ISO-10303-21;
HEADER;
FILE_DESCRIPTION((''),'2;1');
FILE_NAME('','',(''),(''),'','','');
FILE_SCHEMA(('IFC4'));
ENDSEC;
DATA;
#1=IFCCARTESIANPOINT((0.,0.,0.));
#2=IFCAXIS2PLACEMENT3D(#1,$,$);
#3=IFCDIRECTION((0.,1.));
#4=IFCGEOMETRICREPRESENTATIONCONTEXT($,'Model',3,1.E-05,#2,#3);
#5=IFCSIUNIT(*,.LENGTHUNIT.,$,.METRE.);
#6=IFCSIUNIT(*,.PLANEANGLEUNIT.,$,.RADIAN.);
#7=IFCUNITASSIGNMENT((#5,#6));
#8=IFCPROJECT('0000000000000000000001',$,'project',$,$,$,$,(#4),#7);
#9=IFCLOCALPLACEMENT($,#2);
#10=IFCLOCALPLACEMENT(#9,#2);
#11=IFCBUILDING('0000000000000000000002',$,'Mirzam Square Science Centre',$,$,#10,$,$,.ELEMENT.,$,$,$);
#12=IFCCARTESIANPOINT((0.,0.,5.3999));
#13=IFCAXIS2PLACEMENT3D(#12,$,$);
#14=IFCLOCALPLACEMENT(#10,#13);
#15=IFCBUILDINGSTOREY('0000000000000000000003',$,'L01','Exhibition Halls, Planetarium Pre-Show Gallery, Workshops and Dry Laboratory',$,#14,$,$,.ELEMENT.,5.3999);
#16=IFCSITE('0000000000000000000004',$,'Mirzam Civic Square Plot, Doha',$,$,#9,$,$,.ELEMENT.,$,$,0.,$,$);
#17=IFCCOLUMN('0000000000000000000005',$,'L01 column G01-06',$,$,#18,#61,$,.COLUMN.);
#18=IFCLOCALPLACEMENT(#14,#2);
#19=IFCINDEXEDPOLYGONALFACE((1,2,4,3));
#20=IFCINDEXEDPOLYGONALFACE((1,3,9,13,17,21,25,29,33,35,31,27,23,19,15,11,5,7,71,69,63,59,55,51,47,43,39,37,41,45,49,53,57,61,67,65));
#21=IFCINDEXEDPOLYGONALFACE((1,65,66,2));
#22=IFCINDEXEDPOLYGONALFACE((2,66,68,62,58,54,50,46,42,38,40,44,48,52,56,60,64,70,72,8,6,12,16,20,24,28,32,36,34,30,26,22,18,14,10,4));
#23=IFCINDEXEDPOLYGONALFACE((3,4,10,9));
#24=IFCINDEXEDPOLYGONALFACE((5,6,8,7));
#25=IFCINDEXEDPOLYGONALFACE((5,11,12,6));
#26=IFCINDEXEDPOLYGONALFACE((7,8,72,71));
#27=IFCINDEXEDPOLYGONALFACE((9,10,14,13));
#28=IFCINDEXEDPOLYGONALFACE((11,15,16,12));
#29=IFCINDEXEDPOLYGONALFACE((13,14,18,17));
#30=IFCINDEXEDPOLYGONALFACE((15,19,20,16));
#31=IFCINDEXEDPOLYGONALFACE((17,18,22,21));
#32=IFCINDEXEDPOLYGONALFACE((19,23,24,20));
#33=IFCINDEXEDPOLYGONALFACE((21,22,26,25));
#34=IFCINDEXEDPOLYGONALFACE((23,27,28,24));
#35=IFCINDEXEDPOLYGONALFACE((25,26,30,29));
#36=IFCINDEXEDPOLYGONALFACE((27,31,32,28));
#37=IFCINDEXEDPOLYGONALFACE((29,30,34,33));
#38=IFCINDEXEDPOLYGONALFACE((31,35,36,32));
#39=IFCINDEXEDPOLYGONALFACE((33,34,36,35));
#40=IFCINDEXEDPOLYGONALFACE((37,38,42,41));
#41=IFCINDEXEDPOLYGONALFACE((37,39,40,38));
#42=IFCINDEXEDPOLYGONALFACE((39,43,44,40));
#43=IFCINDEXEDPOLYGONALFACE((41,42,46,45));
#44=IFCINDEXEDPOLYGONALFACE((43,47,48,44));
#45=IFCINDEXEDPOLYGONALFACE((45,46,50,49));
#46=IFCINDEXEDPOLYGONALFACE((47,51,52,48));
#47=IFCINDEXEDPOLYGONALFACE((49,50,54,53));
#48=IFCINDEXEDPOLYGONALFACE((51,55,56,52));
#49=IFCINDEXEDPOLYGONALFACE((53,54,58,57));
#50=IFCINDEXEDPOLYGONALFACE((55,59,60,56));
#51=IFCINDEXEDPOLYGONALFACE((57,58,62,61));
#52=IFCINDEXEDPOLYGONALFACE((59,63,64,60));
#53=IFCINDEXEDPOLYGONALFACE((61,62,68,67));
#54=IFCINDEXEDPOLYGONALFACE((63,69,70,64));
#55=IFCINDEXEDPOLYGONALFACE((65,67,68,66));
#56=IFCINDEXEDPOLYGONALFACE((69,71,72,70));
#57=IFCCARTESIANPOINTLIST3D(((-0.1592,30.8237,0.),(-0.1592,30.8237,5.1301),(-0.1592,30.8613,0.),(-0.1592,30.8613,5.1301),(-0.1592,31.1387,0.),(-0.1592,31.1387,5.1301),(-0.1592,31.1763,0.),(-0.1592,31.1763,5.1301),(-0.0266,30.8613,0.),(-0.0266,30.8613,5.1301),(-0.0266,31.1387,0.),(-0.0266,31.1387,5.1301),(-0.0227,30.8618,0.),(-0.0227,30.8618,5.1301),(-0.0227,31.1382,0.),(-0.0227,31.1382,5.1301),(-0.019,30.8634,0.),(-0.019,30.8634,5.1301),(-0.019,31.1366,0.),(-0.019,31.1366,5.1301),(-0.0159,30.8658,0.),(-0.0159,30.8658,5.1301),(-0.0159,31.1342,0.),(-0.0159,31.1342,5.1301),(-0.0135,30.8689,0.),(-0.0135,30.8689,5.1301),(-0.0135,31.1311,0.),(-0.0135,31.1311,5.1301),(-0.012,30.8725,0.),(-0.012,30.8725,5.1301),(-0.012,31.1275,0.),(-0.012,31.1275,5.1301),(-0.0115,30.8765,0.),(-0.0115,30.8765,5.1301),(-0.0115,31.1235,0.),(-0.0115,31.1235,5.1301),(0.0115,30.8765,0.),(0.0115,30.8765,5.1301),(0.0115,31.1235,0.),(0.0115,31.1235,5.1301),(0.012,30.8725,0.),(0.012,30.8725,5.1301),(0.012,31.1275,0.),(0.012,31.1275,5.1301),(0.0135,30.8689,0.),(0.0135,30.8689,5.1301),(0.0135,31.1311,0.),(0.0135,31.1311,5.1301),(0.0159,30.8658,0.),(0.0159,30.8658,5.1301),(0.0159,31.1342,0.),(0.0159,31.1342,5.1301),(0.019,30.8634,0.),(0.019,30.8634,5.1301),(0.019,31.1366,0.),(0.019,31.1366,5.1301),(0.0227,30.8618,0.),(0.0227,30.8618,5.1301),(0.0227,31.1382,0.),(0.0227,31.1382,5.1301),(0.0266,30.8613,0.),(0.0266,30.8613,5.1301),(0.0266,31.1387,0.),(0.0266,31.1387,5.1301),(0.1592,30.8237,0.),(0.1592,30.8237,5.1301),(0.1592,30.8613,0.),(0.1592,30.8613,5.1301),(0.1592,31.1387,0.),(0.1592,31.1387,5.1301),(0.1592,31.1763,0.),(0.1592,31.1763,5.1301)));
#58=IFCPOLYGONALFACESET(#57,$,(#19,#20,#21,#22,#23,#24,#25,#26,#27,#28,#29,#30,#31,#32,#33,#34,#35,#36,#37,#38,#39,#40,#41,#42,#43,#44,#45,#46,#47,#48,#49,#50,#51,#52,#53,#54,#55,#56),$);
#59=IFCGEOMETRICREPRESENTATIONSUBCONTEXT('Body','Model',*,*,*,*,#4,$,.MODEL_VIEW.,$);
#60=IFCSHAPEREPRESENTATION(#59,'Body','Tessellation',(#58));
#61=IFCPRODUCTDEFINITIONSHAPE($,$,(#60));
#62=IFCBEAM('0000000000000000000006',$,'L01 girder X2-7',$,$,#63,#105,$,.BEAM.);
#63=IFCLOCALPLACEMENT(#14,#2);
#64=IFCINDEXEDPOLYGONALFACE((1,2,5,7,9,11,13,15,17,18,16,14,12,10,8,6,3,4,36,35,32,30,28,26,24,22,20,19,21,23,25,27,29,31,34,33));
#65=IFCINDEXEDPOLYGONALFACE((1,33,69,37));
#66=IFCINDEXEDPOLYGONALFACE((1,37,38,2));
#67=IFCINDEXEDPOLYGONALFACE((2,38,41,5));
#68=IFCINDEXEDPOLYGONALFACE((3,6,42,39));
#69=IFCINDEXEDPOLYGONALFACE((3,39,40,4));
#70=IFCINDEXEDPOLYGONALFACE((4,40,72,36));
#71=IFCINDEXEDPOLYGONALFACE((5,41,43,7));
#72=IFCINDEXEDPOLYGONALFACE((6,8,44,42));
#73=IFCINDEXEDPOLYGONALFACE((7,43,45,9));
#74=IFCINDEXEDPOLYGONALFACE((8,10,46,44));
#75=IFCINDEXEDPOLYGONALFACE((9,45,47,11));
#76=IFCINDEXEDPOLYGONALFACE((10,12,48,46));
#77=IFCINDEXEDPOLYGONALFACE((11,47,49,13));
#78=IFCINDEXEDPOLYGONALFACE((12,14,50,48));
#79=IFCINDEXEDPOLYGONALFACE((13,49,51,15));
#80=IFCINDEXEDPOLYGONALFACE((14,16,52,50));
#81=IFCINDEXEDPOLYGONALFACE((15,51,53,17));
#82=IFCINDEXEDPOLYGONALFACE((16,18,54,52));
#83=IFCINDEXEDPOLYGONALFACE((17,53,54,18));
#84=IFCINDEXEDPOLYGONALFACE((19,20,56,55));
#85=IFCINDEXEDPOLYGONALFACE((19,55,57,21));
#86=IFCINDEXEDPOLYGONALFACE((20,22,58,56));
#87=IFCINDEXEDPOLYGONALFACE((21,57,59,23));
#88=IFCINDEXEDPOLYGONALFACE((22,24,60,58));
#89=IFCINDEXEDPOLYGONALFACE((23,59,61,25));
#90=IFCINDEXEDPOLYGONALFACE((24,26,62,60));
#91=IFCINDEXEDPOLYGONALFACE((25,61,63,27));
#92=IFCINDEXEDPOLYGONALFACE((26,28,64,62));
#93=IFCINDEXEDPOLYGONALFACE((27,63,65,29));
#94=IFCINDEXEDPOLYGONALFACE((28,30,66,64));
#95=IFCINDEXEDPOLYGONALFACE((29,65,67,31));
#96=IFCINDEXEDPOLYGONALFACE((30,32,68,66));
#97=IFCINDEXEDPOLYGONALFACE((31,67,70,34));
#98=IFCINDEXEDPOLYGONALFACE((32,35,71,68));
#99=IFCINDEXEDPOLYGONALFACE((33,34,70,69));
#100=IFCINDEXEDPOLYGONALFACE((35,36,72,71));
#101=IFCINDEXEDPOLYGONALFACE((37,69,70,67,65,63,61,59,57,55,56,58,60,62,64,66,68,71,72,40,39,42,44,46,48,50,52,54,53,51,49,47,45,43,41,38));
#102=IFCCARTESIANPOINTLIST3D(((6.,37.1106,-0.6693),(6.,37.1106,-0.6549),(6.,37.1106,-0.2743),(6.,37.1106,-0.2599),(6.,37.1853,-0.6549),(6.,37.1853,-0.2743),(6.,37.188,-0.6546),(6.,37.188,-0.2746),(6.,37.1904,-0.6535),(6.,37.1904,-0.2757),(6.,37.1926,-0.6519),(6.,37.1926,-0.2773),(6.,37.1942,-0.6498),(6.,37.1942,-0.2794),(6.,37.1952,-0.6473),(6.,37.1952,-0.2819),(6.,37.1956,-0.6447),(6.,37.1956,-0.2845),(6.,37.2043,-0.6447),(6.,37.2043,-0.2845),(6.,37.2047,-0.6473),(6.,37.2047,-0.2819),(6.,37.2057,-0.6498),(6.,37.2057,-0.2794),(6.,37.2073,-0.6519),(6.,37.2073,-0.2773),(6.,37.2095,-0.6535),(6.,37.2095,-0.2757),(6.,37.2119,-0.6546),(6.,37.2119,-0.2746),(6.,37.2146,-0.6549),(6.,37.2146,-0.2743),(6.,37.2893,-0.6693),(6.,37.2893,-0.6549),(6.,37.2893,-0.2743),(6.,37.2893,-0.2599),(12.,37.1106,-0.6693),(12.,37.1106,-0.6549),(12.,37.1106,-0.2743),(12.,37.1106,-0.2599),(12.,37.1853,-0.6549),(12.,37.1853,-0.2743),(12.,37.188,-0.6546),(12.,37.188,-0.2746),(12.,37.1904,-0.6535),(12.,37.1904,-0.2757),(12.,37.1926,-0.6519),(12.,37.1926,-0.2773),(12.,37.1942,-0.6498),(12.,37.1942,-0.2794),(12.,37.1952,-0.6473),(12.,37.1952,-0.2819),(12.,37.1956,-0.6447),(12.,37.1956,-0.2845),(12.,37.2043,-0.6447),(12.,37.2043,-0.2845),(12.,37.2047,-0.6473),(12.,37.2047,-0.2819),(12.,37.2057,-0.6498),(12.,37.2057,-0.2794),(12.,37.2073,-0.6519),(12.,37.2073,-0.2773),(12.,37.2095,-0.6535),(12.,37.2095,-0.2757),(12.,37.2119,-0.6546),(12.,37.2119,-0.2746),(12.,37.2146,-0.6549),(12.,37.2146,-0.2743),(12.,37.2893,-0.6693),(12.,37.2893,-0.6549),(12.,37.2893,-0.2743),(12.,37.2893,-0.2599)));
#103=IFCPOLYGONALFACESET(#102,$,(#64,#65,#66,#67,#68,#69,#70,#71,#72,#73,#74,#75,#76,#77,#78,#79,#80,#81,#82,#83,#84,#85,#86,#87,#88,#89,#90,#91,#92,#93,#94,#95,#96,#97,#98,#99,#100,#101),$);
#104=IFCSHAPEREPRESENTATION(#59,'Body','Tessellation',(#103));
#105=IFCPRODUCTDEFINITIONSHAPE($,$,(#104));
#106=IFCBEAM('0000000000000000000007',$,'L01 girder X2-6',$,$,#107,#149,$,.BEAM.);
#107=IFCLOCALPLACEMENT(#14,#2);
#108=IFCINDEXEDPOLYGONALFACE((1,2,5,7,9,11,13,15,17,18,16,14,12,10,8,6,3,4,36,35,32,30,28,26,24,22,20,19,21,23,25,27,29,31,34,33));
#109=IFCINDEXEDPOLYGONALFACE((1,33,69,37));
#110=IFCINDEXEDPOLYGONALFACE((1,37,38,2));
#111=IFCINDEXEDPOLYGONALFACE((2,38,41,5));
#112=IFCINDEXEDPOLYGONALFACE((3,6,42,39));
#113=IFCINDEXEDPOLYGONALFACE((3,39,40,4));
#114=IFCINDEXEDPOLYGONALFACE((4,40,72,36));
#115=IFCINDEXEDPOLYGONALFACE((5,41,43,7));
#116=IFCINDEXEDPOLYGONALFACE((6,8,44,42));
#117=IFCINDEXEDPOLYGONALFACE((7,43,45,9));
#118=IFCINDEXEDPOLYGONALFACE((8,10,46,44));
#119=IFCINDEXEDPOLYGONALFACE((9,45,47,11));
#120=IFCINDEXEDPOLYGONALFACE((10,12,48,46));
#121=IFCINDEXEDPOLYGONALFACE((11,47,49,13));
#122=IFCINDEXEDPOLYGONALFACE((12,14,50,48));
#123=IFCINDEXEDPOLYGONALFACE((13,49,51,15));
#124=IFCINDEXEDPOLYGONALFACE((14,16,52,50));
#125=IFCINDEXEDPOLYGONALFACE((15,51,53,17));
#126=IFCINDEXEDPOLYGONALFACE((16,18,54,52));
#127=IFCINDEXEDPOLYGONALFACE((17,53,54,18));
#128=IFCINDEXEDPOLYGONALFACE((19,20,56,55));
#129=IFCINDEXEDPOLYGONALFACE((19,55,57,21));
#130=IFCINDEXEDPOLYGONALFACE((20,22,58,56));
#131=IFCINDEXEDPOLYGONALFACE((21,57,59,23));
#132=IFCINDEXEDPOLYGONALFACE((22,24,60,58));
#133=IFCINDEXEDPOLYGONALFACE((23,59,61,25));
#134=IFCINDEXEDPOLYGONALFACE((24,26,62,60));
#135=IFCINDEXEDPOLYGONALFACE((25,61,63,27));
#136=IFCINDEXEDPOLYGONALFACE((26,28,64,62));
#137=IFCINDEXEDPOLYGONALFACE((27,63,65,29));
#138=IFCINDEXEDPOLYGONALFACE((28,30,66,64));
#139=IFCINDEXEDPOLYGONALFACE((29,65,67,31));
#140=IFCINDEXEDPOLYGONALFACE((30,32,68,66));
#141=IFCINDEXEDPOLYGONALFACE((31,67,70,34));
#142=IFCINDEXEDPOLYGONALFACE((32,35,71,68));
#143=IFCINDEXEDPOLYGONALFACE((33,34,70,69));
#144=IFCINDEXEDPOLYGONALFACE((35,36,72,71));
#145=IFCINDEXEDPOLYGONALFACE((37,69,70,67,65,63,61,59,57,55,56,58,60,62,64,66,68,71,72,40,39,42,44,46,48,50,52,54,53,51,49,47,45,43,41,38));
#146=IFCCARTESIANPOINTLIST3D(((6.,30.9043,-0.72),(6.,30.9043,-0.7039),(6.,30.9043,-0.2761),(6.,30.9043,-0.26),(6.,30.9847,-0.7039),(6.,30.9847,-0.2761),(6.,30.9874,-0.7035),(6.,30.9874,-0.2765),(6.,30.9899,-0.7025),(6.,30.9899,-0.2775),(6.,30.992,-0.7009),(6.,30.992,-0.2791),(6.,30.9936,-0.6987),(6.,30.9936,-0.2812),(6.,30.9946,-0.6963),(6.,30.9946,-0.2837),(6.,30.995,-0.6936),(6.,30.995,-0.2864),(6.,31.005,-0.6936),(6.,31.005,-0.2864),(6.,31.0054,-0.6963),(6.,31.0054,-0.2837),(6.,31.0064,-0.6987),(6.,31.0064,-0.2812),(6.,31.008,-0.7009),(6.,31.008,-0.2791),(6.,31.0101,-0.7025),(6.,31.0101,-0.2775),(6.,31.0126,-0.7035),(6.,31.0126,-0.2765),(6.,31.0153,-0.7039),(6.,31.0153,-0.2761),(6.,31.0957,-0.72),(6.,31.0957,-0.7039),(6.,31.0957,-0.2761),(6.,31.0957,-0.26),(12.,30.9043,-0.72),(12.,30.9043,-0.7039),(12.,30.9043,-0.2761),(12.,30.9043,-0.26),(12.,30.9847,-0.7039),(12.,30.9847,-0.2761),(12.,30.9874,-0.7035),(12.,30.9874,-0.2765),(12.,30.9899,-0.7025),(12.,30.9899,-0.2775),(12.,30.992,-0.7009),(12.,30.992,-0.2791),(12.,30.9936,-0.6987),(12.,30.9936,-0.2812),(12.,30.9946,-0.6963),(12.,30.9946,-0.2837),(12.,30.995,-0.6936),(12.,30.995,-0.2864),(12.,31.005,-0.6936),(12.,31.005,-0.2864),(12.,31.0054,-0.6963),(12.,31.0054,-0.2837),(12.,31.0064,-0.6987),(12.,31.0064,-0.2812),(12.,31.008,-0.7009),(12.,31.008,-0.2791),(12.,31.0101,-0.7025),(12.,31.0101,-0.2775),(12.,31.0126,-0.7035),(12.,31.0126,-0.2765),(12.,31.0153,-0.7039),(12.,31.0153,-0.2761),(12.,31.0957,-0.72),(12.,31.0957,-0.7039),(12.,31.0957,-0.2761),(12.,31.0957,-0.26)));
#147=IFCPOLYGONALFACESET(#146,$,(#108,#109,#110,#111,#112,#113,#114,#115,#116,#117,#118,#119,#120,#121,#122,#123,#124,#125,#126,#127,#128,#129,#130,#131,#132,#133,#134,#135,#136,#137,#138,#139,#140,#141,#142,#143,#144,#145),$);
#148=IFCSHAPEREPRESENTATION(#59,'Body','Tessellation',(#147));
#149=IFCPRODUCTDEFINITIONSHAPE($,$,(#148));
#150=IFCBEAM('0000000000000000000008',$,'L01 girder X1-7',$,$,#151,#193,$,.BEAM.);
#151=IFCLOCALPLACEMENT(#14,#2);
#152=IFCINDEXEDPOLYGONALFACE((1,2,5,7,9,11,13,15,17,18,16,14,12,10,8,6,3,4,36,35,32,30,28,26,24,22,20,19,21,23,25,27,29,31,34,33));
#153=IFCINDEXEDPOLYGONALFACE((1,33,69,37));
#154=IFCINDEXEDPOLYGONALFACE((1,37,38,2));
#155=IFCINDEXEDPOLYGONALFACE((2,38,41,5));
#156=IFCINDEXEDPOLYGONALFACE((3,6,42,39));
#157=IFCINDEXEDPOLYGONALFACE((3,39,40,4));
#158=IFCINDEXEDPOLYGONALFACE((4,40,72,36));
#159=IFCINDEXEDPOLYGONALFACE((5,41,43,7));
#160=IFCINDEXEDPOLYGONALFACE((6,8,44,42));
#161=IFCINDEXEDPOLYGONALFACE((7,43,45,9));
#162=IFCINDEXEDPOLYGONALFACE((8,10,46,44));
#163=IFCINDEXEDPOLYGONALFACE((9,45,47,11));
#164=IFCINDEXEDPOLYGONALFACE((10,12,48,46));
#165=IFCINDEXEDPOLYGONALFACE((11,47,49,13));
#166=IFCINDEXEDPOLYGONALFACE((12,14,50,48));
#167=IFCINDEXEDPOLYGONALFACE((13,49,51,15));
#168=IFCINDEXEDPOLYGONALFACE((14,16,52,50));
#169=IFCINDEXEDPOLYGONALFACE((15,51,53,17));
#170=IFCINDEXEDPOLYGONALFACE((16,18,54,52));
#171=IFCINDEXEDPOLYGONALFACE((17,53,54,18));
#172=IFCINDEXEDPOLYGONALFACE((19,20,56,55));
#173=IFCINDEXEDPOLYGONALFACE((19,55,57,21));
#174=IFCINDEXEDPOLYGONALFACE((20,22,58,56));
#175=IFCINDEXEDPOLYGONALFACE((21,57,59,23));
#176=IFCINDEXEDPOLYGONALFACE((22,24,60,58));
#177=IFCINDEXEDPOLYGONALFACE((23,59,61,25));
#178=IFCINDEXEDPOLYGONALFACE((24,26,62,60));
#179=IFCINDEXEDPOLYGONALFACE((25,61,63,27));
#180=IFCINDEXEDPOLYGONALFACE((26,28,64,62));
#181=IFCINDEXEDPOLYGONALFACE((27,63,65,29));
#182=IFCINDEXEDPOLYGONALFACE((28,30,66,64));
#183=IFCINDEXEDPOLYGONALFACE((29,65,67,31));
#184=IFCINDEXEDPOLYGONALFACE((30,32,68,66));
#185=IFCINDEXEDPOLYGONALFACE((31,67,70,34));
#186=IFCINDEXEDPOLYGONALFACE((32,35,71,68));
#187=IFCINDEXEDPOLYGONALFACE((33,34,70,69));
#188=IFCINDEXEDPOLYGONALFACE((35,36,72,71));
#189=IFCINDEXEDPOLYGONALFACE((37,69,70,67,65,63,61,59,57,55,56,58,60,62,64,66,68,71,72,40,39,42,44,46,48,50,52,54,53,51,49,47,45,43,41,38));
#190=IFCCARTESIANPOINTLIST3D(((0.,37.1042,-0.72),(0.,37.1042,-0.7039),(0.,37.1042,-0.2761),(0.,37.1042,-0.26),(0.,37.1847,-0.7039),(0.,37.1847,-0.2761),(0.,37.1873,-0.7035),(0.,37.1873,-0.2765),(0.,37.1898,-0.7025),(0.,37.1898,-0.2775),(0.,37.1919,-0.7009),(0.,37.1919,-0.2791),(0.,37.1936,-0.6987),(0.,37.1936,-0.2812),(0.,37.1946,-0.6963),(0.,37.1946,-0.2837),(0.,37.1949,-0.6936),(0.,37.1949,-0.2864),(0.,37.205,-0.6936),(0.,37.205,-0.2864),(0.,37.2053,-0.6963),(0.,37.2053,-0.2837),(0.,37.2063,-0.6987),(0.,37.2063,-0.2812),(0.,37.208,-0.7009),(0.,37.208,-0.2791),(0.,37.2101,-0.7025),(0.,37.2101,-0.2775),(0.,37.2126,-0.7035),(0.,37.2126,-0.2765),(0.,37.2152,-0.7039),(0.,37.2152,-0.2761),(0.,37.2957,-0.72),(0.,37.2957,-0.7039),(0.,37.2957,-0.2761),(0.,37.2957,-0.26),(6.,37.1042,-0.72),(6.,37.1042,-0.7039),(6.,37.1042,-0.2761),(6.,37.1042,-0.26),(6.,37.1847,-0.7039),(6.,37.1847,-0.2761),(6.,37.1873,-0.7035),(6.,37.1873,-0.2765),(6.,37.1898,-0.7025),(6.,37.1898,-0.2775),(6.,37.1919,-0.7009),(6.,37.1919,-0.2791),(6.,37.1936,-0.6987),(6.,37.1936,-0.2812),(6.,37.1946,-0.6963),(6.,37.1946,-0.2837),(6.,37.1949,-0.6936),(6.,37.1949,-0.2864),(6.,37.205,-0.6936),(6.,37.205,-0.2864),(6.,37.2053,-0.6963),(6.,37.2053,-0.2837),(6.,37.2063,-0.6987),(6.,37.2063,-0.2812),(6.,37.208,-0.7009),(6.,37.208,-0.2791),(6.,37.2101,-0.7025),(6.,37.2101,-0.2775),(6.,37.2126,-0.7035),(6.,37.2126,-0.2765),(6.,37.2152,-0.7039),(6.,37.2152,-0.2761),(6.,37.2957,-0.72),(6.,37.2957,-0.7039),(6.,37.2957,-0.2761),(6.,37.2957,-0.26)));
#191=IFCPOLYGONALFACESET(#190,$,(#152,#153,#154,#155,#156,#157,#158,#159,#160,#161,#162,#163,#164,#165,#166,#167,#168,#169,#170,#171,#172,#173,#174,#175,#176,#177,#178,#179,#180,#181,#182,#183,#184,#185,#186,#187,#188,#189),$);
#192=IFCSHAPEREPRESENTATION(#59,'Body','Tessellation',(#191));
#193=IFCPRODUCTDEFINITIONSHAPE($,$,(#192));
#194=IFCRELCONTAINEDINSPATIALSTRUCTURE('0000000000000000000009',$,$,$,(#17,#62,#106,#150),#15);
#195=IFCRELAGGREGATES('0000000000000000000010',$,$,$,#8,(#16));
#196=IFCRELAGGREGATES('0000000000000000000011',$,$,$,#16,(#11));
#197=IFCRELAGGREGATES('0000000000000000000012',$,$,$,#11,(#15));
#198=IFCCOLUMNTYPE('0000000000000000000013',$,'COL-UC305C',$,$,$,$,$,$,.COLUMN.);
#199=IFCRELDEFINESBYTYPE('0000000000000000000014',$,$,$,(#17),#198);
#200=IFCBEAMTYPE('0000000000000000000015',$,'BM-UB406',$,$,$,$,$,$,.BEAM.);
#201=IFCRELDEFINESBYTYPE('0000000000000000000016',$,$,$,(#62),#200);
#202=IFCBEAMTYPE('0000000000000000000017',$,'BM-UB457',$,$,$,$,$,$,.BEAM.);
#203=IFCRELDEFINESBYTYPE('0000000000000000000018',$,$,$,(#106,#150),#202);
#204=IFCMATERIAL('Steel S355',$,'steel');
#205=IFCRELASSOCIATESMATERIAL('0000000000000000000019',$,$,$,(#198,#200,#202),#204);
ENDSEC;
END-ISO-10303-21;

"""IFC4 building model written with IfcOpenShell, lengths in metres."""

from ifc_helpers import new_model, si_unit, direction, frame, origin, origin_2d, place, context, subcontext, project, spatial, i_section, extrude, material, material_profile, profile_set, type_object, element, save


model = new_model("IFC4")

# Units and contexts
model_context = context("Model", 3, precision=1e-05, world=origin(), true_north=direction((0.0, 1.0)))
body_context = subcontext(model_context, "Body", "Model", "MODEL_VIEW")
ifc_project = project(units=[si_unit("LENGTHUNIT", "METRE"), si_unit("PLANEANGLEUNIT", "RADIAN")], contexts=[model_context])

# Site, building, storey
site_placement = place(None, origin())
site = spatial("IfcSite", under=ifc_project, at=site_placement, Name="Mirzam Civic Square Plot, Doha", CompositionType="ELEMENT", RefElevation=0.0)
building_placement = place(site_placement, origin())
building = spatial("IfcBuilding", under=site, at=building_placement, Name="Mirzam Square Science Centre", CompositionType="ELEMENT")
storey_placement = place(building_placement, frame((0.0, 0.0, 5.3999)))
storey = spatial("IfcBuildingStorey", under=building, at=storey_placement, Name="L01", Description="Exhibition Halls, Planetarium Pre-Show Gallery, Workshops and Dry Laboratory", CompositionType="ELEMENT", Elevation=5.3999)

# Column
ifc_material_1 = material(Name="Steel S355", Category="steel")
ifc_material_profile_1 = material_profile(ifc_material_1, i_section(OverallWidth=0.3184, OverallDepth=0.3525, WebThickness=0.0229, FlangeThickness=0.0376, FilletRadius=0.0151, at=origin_2d()), Name="305x305x240UC")
ifc_profile_set_1 = profile_set([ifc_material_profile_1], Name="Steel S355")
column_type_1 = type_object("IfcColumnType", Name="COL-UC305C", PredefinedType="COLUMN", material=ifc_profile_set_1)
column_1_placement = place(storey_placement, frame((0.0, 31.0, 0.0), z_axis=(0.0, 0.0, 1.0), x_axis=(1.0, 0.0, 0.0)))
element("IfcColumn", 1, at=column_1_placement, inside=storey, type_object=column_type_1, Name="L01 column G01-06", PredefinedType="COLUMN", context=body_context, shape_type="SweptSolid", body=[
    extrude(i_section(OverallWidth=0.3184, OverallDepth=0.3525, WebThickness=0.0229, FlangeThickness=0.0376, FilletRadius=0.0151, at=origin_2d()), origin(), (0.0, 0.0, 1.0), 5.1301),
])

# Beams
ifc_material_profile_2 = material_profile(ifc_material_1, i_section(OverallWidth=0.1787, OverallDepth=0.4094, WebThickness=0.0088, FlangeThickness=0.0144, FilletRadius=0.0103, at=origin_2d()), Name="406x178x67UB")
ifc_profile_set_2 = profile_set([ifc_material_profile_2], Name="Steel S355")
beam_type_1 = type_object("IfcBeamType", Name="BM-UB406", PredefinedType="BEAM", material=ifc_profile_set_2)
beam_1_placement = place(storey_placement, frame((6.0, 37.2, -0.4646), z_axis=(1.0, 0.0, 0.0), x_axis=(0.0, 1.0, 0.0)))
element("IfcBeam", 2, at=beam_1_placement, inside=storey, type_object=beam_type_1, Name="L01 girder X2-7", PredefinedType="BEAM", context=body_context, shape_type="SweptSolid", body=[
    extrude(i_section(OverallWidth=0.1787, OverallDepth=0.4094, WebThickness=0.0088, FlangeThickness=0.0144, FilletRadius=0.0103, at=origin_2d()), origin(), (0.0, 0.0, 1.0), 6.0),
])
ifc_material_profile_3 = material_profile(ifc_material_1, i_section(OverallWidth=0.1914, OverallDepth=0.46, WebThickness=0.01, FlangeThickness=0.0161, FilletRadius=0.0103, at=origin_2d()), Name="457x191x82UB")
ifc_profile_set_3 = profile_set([ifc_material_profile_3], Name="Steel S355")
beam_type_2 = type_object("IfcBeamType", Name="BM-UB457", PredefinedType="BEAM", material=ifc_profile_set_3)
for number, where, z_axis, x_axis, name in (
    (3, (6.0, 31.0, -0.49), (1.0, 0.0, 0.0), (0.0, 1.0, 0.0), "L01 girder X2-6"),
    (4, (0.0, 37.2, -0.49), (1.0, 0.0, 0.0), (0.0, 1.0, 0.0), "L01 girder X1-7"),
):
    element("IfcBeam", number, at=place(storey_placement, frame(where, z_axis=z_axis, x_axis=x_axis)), inside=storey, type_object=beam_type_2, Name=name, PredefinedType="BEAM", context=body_context, shape_type="SweptSolid", body=[
        extrude(i_section(OverallWidth=0.1914, OverallDepth=0.46, WebThickness=0.01, FlangeThickness=0.0161, FilletRadius=0.0103, at=origin_2d()), origin(), (0.0, 0.0, 1.0), 6.0),
    ])

save(model, "model.ifc")
